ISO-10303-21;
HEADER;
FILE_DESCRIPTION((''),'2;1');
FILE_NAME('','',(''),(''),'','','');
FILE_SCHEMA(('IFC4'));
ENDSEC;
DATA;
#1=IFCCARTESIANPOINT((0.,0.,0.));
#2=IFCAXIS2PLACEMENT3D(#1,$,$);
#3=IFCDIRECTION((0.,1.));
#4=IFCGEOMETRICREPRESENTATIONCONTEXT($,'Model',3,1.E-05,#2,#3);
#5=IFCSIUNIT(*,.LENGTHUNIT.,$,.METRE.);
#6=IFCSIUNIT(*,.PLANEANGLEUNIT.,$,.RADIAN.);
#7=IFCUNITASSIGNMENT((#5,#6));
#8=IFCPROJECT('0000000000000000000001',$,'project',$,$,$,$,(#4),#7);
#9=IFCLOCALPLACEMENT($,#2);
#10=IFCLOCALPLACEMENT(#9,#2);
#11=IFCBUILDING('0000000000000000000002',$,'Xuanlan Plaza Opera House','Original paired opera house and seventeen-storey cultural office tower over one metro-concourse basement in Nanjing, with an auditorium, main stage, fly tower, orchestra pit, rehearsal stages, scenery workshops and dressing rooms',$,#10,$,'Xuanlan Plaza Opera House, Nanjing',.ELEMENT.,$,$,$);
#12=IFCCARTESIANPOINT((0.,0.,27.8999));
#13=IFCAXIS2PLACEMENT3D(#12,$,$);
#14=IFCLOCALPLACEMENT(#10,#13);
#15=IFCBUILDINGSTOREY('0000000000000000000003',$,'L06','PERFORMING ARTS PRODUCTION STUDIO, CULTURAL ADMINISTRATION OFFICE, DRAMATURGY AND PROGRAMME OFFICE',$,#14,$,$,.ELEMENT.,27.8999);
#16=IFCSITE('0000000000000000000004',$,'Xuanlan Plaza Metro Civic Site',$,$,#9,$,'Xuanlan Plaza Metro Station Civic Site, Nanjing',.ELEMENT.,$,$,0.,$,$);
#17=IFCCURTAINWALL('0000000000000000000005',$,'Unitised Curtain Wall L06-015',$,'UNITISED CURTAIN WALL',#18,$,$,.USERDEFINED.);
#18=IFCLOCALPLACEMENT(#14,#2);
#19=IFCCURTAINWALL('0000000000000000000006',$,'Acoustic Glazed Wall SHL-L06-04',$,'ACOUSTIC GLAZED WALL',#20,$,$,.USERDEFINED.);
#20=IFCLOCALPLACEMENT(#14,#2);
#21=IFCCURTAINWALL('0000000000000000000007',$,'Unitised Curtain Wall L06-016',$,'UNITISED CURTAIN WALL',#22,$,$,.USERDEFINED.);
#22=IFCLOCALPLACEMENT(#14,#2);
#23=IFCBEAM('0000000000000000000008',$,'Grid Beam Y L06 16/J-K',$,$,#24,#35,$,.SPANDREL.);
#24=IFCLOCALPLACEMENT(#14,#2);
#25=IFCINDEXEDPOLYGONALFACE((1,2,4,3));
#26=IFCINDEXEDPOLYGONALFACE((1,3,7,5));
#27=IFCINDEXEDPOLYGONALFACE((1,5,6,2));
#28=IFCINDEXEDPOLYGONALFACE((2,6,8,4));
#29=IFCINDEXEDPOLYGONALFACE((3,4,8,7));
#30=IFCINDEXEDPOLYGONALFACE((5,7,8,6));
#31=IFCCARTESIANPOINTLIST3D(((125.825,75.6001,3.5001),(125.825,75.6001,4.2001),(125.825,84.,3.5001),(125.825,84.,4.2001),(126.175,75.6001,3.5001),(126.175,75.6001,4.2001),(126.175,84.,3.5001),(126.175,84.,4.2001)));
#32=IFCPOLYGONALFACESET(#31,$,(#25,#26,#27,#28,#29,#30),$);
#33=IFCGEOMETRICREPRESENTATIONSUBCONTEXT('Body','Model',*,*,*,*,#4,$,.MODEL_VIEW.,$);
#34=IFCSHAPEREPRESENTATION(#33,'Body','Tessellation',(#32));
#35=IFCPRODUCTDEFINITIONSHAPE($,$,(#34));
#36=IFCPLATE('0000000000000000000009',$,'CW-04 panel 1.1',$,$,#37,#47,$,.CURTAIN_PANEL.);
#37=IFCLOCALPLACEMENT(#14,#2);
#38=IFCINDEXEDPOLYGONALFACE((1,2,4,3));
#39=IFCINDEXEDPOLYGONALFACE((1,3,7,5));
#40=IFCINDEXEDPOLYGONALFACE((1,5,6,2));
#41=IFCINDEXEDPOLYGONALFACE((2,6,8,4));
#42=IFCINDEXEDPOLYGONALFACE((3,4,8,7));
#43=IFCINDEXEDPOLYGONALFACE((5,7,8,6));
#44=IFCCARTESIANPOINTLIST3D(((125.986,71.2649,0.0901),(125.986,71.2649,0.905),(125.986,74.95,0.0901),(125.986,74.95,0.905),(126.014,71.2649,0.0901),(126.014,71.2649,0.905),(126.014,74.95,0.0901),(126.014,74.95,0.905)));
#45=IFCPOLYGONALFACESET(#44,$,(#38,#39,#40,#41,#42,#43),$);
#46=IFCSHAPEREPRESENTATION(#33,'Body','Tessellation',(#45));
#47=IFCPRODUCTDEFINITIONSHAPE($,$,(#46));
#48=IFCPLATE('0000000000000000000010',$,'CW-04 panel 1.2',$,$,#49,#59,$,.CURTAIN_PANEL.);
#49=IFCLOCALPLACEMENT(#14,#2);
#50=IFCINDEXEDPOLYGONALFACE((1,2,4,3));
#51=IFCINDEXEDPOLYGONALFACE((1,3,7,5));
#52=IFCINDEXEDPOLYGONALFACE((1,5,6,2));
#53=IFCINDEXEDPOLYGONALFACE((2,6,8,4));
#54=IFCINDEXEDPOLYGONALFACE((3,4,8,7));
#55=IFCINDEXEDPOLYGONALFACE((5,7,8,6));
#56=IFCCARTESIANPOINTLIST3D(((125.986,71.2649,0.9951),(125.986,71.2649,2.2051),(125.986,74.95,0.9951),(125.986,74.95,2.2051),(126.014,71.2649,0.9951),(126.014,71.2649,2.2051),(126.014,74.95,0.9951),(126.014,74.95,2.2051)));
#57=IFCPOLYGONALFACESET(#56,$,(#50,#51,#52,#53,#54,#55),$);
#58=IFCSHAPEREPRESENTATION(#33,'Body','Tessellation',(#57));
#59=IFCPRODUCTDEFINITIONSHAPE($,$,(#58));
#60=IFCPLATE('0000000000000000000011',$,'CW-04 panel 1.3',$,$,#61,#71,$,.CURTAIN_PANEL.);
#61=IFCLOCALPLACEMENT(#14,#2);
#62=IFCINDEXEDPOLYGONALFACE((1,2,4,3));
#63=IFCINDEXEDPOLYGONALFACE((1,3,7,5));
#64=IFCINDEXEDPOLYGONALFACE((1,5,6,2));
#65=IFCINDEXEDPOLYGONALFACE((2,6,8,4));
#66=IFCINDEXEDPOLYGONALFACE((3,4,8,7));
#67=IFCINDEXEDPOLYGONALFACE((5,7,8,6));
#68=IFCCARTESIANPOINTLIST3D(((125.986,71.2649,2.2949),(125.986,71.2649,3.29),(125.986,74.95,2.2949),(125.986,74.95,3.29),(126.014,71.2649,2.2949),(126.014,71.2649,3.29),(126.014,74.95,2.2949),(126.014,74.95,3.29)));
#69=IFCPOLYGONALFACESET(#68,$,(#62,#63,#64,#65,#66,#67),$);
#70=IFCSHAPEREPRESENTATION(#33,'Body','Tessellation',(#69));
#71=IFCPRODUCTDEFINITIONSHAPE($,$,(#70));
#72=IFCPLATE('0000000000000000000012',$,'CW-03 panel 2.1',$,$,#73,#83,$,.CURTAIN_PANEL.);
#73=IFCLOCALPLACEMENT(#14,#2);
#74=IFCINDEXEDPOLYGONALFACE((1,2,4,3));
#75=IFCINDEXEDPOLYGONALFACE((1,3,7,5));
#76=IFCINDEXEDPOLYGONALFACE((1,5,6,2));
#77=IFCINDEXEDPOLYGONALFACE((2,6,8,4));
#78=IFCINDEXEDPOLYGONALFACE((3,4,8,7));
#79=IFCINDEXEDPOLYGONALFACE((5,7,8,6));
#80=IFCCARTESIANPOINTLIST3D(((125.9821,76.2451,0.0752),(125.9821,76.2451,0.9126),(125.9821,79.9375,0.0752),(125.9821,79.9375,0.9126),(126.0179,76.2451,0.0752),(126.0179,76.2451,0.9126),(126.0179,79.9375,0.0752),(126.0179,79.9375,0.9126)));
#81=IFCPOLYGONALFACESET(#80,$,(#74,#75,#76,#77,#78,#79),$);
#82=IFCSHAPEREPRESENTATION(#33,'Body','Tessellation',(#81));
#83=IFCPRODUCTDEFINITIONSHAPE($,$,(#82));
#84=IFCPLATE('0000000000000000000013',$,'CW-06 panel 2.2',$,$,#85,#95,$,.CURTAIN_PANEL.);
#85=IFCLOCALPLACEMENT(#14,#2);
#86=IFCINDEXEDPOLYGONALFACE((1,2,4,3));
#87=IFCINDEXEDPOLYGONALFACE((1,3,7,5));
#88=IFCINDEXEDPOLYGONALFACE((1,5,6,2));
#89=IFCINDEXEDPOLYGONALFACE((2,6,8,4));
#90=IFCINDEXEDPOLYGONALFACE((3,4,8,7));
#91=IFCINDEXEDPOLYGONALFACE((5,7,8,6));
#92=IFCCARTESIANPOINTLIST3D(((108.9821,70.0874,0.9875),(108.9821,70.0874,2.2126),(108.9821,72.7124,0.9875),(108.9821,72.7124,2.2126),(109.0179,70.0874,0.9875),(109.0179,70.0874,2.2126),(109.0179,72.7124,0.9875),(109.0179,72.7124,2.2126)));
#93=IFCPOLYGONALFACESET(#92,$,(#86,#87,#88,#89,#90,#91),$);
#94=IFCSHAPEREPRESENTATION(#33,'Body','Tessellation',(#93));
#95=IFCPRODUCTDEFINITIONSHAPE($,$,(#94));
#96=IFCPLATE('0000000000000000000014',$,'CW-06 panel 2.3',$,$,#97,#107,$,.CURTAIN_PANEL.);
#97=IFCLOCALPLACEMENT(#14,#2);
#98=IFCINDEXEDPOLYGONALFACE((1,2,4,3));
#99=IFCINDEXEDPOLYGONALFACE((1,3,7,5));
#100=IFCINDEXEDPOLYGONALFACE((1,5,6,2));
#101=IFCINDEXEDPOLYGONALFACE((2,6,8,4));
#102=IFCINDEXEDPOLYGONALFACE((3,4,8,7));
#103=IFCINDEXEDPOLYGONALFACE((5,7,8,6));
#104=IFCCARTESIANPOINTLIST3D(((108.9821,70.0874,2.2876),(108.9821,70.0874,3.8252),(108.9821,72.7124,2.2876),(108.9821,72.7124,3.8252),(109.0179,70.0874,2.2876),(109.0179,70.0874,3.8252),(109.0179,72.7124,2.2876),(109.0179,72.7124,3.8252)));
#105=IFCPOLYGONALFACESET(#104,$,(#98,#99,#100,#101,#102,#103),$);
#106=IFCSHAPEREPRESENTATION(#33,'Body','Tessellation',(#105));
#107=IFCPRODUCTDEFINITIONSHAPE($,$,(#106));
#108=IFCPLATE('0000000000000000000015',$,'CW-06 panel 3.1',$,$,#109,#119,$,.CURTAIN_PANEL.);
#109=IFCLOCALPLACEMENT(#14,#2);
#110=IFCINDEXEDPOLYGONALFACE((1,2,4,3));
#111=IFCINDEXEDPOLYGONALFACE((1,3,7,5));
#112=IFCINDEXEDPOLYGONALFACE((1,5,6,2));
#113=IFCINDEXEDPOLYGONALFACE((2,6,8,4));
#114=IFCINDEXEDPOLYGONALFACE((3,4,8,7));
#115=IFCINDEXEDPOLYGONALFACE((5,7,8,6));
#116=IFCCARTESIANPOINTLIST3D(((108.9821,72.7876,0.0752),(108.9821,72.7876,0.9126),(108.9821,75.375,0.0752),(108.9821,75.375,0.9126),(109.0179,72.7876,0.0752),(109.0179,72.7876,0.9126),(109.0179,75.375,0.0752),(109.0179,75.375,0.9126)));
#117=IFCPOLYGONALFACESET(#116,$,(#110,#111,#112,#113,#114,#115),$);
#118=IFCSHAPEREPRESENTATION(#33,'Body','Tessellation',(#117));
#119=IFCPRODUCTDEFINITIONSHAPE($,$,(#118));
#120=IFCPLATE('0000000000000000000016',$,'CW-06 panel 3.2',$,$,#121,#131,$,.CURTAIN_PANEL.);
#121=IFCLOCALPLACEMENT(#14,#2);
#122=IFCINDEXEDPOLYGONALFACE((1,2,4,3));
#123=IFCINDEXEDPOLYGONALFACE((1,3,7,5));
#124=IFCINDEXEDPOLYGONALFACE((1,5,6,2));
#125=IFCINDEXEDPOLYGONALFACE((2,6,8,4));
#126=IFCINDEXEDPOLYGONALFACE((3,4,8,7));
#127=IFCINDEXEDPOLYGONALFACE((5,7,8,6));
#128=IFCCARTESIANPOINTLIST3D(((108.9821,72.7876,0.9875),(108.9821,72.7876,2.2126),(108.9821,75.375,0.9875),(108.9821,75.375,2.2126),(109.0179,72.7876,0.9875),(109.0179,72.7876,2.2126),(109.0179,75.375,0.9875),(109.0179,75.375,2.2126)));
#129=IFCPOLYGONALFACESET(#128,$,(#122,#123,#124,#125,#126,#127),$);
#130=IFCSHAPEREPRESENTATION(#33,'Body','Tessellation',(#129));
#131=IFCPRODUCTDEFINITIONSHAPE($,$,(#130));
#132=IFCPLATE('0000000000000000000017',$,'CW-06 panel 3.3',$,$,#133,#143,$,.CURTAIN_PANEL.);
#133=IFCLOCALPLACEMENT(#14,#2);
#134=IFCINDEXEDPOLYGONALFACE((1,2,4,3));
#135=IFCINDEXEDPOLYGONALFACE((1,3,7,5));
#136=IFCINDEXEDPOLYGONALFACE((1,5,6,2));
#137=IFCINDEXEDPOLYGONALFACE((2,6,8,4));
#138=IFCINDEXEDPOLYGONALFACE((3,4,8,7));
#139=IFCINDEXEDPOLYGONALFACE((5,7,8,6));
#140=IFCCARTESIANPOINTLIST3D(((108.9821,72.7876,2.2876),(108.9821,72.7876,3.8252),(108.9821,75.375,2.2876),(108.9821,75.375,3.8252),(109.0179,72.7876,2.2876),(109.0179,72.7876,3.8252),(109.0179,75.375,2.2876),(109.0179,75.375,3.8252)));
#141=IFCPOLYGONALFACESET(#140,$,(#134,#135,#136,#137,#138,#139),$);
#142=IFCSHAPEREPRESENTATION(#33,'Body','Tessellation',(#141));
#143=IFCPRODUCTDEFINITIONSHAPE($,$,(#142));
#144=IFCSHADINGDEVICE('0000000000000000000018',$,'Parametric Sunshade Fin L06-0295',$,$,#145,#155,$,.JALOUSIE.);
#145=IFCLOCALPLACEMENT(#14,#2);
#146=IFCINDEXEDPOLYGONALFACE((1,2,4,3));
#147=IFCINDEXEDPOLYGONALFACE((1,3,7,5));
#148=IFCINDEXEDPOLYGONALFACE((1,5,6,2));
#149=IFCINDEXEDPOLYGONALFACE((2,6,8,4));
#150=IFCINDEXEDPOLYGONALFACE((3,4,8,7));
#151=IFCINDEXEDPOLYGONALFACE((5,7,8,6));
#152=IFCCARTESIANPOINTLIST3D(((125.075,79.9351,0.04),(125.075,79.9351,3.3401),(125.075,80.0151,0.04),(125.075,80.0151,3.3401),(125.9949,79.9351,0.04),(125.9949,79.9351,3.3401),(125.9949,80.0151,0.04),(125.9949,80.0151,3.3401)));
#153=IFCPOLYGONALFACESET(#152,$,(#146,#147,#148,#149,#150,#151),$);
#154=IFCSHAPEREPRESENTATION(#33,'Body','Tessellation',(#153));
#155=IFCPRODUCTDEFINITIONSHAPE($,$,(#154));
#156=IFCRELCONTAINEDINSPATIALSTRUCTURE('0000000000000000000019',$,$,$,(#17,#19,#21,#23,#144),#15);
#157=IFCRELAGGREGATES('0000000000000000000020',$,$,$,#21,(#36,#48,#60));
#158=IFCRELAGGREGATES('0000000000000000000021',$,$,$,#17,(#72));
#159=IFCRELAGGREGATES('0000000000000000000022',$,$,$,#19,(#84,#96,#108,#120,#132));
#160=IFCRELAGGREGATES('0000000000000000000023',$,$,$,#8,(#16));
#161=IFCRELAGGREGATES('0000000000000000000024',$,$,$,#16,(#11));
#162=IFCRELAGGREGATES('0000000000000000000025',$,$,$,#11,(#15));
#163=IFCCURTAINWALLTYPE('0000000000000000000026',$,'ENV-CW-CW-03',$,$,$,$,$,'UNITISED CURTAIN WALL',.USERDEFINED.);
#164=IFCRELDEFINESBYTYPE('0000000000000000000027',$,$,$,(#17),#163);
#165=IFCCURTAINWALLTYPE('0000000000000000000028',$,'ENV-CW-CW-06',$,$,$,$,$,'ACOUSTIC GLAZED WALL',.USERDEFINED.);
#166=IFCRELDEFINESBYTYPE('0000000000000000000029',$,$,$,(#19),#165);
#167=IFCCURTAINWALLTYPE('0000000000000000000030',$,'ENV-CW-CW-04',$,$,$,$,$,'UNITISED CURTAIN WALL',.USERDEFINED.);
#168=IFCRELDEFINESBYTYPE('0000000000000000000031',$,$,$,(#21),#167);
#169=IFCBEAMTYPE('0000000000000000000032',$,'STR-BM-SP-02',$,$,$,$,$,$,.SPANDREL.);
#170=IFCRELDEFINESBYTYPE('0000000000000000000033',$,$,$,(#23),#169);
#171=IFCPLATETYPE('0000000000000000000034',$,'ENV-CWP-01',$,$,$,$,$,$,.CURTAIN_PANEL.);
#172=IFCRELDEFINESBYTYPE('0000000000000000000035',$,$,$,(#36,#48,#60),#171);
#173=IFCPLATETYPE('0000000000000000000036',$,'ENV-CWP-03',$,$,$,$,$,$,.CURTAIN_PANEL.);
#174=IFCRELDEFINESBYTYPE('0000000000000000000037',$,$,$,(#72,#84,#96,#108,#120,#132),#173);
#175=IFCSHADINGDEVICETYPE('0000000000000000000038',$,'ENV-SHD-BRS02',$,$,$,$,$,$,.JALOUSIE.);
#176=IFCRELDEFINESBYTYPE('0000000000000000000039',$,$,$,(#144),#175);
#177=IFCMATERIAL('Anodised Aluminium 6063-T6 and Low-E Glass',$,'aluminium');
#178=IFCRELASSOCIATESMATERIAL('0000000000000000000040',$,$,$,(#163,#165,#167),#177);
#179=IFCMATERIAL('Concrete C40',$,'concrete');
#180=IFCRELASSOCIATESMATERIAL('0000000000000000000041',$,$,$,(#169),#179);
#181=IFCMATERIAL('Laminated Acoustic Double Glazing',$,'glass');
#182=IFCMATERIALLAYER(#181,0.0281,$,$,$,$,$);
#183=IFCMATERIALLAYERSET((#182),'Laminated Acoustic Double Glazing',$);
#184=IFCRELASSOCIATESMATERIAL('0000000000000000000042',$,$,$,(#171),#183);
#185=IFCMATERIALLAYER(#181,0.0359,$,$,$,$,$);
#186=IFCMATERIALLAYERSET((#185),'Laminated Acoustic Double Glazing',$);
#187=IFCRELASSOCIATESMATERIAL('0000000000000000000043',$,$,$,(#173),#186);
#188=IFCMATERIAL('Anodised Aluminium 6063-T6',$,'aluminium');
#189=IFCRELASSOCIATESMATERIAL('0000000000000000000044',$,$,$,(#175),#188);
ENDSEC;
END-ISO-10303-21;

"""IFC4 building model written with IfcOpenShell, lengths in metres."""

from ifc_helpers import new_model, si_unit, direction, frame, origin, origin_2d, place, context, subcontext, project, spatial, rectangle, extrude, material, layer, layer_set, material_profile, profile_set, type_object, element, aggregate, save


model = new_model("IFC4")

# Units and contexts
model_context = context("Model", 3, precision=1e-05, world=origin(), true_north=direction((0.0, 1.0)))
body_context = subcontext(model_context, "Body", "Model", "MODEL_VIEW")
ifc_project = project(units=[si_unit("LENGTHUNIT", "METRE"), si_unit("PLANEANGLEUNIT", "RADIAN")], contexts=[model_context])

# Site, building, storey
site_placement = place(None, origin())
site = spatial("IfcSite", under=ifc_project, at=site_placement, Name="Xuanlan Plaza Metro Civic Site", LongName="Xuanlan Plaza Metro Station Civic Site, Nanjing", CompositionType="ELEMENT", RefElevation=0.0)
building_placement = place(site_placement, origin())
building = spatial("IfcBuilding", under=site, at=building_placement, Name="Xuanlan Plaza Opera House", Description="Original paired opera house and seventeen-storey cultural office tower over one metro-concourse basement in Nanjing, with an auditorium, main stage, fly tower, orchestra pit, rehearsal stages, scenery workshops and dressing rooms", LongName="Xuanlan Plaza Opera House, Nanjing", CompositionType="ELEMENT")
storey_placement = place(building_placement, frame((0.0, 0.0, 27.8999)))
storey = spatial("IfcBuildingStorey", under=building, at=storey_placement, Name="L06", Description="PERFORMING ARTS PRODUCTION STUDIO, CULTURAL ADMINISTRATION OFFICE, DRAMATURGY AND PROGRAMME OFFICE", CompositionType="ELEMENT", Elevation=27.8999)

# Curtain wall
ifc_material_1 = material(Name="Anodised Aluminium 6063-T6 and Low-E Glass", Category="aluminium")
curtain_wall_type_1 = type_object("IfcCurtainWallType", Name="ENV-CW-CW-03", ElementType="UNITISED CURTAIN WALL", PredefinedType="USERDEFINED", material=ifc_material_1)
curtain_wall_1_placement = place(storey_placement, origin())
curtain_wall_1 = element("IfcCurtainWall", 1, at=curtain_wall_1_placement, inside=storey, type_object=curtain_wall_type_1, Name="Unitised Curtain Wall L06-015", ObjectType="UNITISED CURTAIN WALL", PredefinedType="USERDEFINED")
ifc_material_2 = material(Name="Anodised Aluminium 6063-T6", Category="aluminium")

# Curtain wall
curtain_wall_type_2 = type_object("IfcCurtainWallType", Name="ENV-CW-CW-06", ElementType="ACOUSTIC GLAZED WALL", PredefinedType="USERDEFINED", material=ifc_material_1)
curtain_wall_2_placement = place(storey_placement, origin())
curtain_wall_2 = element("IfcCurtainWall", 2, at=curtain_wall_2_placement, inside=storey, type_object=curtain_wall_type_2, Name="Acoustic Glazed Wall SHL-L06-04", ObjectType="ACOUSTIC GLAZED WALL", PredefinedType="USERDEFINED")

# Curtain wall
curtain_wall_type_3 = type_object("IfcCurtainWallType", Name="ENV-CW-CW-04", ElementType="UNITISED CURTAIN WALL", PredefinedType="USERDEFINED", material=ifc_material_1)
curtain_wall_3_placement = place(storey_placement, origin())
curtain_wall_3 = element("IfcCurtainWall", 3, at=curtain_wall_3_placement, inside=storey, type_object=curtain_wall_type_3, Name="Unitised Curtain Wall L06-016", ObjectType="UNITISED CURTAIN WALL", PredefinedType="USERDEFINED")

# Beam
ifc_material_3 = material(Name="Concrete C40", Category="concrete")
ifc_material_profile_1 = material_profile(ifc_material_3, rectangle(XDim=0.3501, YDim=0.7, at=origin_2d()), Name="RC-SPD 350x700")
ifc_profile_set_1 = profile_set([ifc_material_profile_1], Name="Concrete C40")
beam_type_1 = type_object("IfcBeamType", Name="STR-BM-SP-02", PredefinedType="SPANDREL", material=ifc_profile_set_1)
beam_1_placement = place(storey_placement, frame((126.0, 75.6001, 3.8501), z_axis=(0.0, 1.0, 0.0), x_axis=(-1.0, 0.0, 0.0)))
element("IfcBeam", 4, at=beam_1_placement, inside=storey, type_object=beam_type_1, Name="Grid Beam Y L06 16/J-K", PredefinedType="SPANDREL", context=body_context, shape_type="SweptSolid", body=[
    extrude(rectangle(XDim=0.3501, YDim=0.7, at=origin_2d()), origin(), (0.0, 0.0, 1.0), 8.3999),
])

# Plates
ifc_material_4 = material(Name="Laminated Acoustic Double Glazing", Category="glass")
ifc_layer_1 = layer(ifc_material_4, 0.0281)
ifc_layer_set_1 = layer_set([ifc_layer_1], Name="Laminated Acoustic Double Glazing")
plate_type_1 = type_object("IfcPlateType", Name="ENV-CWP-01", PredefinedType="CURTAIN_PANEL", material=ifc_layer_set_1)
plate_1_placement = place(storey_placement, frame((126.0, 73.1074, 0.0901), z_axis=(0.0, 0.0, 1.0), x_axis=(0.0, -1.0, 0.0)))
plate_1 = element("IfcPlate", 5, at=plate_1_placement, type_object=plate_type_1, Name="CW-04 panel 1.1", PredefinedType="CURTAIN_PANEL", context=body_context, shape_type="SweptSolid", body=[
    extrude(rectangle(XDim=3.6851, YDim=0.0281, at=origin_2d()), origin(), (0.0, 0.0, 1.0), 0.8149),
])
plate_2_placement = place(storey_placement, frame((126.0, 73.1074, 0.9951), z_axis=(0.0, 0.0, 1.0), x_axis=(0.0, -1.0, 0.0)))
plate_2 = element("IfcPlate", 6, at=plate_2_placement, type_object=plate_type_1, Name="CW-04 panel 1.2", PredefinedType="CURTAIN_PANEL", context=body_context, shape_type="SweptSolid", body=[
    extrude(rectangle(XDim=3.6851, YDim=0.0281, at=origin_2d()), origin(), (0.0, 0.0, 1.0), 1.21),
])
plate_3_placement = place(storey_placement, frame((126.0, 73.1074, 2.2949), z_axis=(0.0, 0.0, 1.0), x_axis=(0.0, -1.0, 0.0)))
plate_3 = element("IfcPlate", 7, at=plate_3_placement, type_object=plate_type_1, Name="CW-04 panel 1.3", PredefinedType="CURTAIN_PANEL", context=body_context, shape_type="SweptSolid", body=[
    extrude(rectangle(XDim=3.6851, YDim=0.0281, at=origin_2d()), origin(), (0.0, 0.0, 1.0), 0.9951),
])
aggregate(curtain_wall_3, [plate_1, plate_2, plate_3])
ifc_layer_2 = layer(ifc_material_4, 0.0359)
ifc_layer_set_2 = layer_set([ifc_layer_2], Name="Laminated Acoustic Double Glazing")
plate_type_2 = type_object("IfcPlateType", Name="ENV-CWP-03", PredefinedType="CURTAIN_PANEL", material=ifc_layer_set_2)
plate_4_placement = place(storey_placement, frame((126.0, 78.0913, 0.0752), z_axis=(0.0, 0.0, 1.0), x_axis=(0.0, -1.0, 0.0)))
plate_4 = element("IfcPlate", 8, at=plate_4_placement, type_object=plate_type_2, Name="CW-03 panel 2.1", PredefinedType="CURTAIN_PANEL", context=body_context, shape_type="SweptSolid", body=[
    extrude(rectangle(XDim=3.6924, YDim=0.0359, at=origin_2d()), origin(), (0.0, 0.0, 1.0), 0.8374),
])
aggregate(curtain_wall_1, [plate_4])
plate_5_placement = place(storey_placement, frame((109.0, 71.3999, 0.9875), z_axis=(0.0, 0.0, 1.0), x_axis=(0.0, 1.0, 0.0)))
plate_5 = element("IfcPlate", 9, at=plate_5_placement, type_object=plate_type_2, Name="CW-06 panel 2.2", PredefinedType="CURTAIN_PANEL", context=body_context, shape_type="SweptSolid", body=[
    extrude(rectangle(XDim=2.625, YDim=0.0359, at=origin_2d()), origin(), (0.0, 0.0, 1.0), 1.2251),
])
plate_6_placement = place(storey_placement, frame((109.0, 71.3999, 2.2876), z_axis=(0.0, 0.0, 1.0), x_axis=(0.0, 1.0, 0.0)))
plate_6 = element("IfcPlate", 10, at=plate_6_placement, type_object=plate_type_2, Name="CW-06 panel 2.3", PredefinedType="CURTAIN_PANEL", context=body_context, shape_type="SweptSolid", body=[
    extrude(rectangle(XDim=2.625, YDim=0.0359, at=origin_2d()), origin(), (0.0, 0.0, 1.0), 1.5376),
])
plate_7_placement = place(storey_placement, frame((109.0, 74.0813, 0.0752), z_axis=(0.0, 0.0, 1.0), x_axis=(0.0, 1.0, 0.0)))
plate_7 = element("IfcPlate", 11, at=plate_7_placement, type_object=plate_type_2, Name="CW-06 panel 3.1", PredefinedType="CURTAIN_PANEL", context=body_context, shape_type="SweptSolid", body=[
    extrude(rectangle(XDim=2.5874, YDim=0.0359, at=origin_2d()), origin(), (0.0, 0.0, 1.0), 0.8374),
])
plate_8_placement = place(storey_placement, frame((109.0, 74.0813, 0.9875), z_axis=(0.0, 0.0, 1.0), x_axis=(0.0, 1.0, 0.0)))
plate_8 = element("IfcPlate", 12, at=plate_8_placement, type_object=plate_type_2, Name="CW-06 panel 3.2", PredefinedType="CURTAIN_PANEL", context=body_context, shape_type="SweptSolid", body=[
    extrude(rectangle(XDim=2.5874, YDim=0.0359, at=origin_2d()), origin(), (0.0, 0.0, 1.0), 1.2251),
])
plate_9_placement = place(storey_placement, frame((109.0, 74.0813, 2.2876), z_axis=(0.0, 0.0, 1.0), x_axis=(0.0, 1.0, 0.0)))
plate_9 = element("IfcPlate", 13, at=plate_9_placement, type_object=plate_type_2, Name="CW-06 panel 3.3", PredefinedType="CURTAIN_PANEL", context=body_context, shape_type="SweptSolid", body=[
    extrude(rectangle(XDim=2.5874, YDim=0.0359, at=origin_2d()), origin(), (0.0, 0.0, 1.0), 1.5376),
])
aggregate(curtain_wall_2, [plate_5, plate_6, plate_7, plate_8, plate_9])

# Shading device
shading_device_type = type_object("IfcShadingDeviceType", Name="ENV-SHD-BRS02", PredefinedType="JALOUSIE", material=ifc_material_2)
shading_device_placement = place(storey_placement, frame((125.5349, 79.9751, 0.04), z_axis=(0.0, 0.0, 1.0), x_axis=(-1.0, 0.0, 0.0)))
element("IfcShadingDevice", 14, at=shading_device_placement, inside=storey, type_object=shading_device_type, Name="Parametric Sunshade Fin L06-0295", PredefinedType="JALOUSIE", context=body_context, shape_type="SweptSolid", body=[
    extrude(rectangle(XDim=0.9199, YDim=0.0801, at=origin_2d()), origin(), (0.0, 0.0, 1.0), 3.3),
])

save(model, "model.ifc")
